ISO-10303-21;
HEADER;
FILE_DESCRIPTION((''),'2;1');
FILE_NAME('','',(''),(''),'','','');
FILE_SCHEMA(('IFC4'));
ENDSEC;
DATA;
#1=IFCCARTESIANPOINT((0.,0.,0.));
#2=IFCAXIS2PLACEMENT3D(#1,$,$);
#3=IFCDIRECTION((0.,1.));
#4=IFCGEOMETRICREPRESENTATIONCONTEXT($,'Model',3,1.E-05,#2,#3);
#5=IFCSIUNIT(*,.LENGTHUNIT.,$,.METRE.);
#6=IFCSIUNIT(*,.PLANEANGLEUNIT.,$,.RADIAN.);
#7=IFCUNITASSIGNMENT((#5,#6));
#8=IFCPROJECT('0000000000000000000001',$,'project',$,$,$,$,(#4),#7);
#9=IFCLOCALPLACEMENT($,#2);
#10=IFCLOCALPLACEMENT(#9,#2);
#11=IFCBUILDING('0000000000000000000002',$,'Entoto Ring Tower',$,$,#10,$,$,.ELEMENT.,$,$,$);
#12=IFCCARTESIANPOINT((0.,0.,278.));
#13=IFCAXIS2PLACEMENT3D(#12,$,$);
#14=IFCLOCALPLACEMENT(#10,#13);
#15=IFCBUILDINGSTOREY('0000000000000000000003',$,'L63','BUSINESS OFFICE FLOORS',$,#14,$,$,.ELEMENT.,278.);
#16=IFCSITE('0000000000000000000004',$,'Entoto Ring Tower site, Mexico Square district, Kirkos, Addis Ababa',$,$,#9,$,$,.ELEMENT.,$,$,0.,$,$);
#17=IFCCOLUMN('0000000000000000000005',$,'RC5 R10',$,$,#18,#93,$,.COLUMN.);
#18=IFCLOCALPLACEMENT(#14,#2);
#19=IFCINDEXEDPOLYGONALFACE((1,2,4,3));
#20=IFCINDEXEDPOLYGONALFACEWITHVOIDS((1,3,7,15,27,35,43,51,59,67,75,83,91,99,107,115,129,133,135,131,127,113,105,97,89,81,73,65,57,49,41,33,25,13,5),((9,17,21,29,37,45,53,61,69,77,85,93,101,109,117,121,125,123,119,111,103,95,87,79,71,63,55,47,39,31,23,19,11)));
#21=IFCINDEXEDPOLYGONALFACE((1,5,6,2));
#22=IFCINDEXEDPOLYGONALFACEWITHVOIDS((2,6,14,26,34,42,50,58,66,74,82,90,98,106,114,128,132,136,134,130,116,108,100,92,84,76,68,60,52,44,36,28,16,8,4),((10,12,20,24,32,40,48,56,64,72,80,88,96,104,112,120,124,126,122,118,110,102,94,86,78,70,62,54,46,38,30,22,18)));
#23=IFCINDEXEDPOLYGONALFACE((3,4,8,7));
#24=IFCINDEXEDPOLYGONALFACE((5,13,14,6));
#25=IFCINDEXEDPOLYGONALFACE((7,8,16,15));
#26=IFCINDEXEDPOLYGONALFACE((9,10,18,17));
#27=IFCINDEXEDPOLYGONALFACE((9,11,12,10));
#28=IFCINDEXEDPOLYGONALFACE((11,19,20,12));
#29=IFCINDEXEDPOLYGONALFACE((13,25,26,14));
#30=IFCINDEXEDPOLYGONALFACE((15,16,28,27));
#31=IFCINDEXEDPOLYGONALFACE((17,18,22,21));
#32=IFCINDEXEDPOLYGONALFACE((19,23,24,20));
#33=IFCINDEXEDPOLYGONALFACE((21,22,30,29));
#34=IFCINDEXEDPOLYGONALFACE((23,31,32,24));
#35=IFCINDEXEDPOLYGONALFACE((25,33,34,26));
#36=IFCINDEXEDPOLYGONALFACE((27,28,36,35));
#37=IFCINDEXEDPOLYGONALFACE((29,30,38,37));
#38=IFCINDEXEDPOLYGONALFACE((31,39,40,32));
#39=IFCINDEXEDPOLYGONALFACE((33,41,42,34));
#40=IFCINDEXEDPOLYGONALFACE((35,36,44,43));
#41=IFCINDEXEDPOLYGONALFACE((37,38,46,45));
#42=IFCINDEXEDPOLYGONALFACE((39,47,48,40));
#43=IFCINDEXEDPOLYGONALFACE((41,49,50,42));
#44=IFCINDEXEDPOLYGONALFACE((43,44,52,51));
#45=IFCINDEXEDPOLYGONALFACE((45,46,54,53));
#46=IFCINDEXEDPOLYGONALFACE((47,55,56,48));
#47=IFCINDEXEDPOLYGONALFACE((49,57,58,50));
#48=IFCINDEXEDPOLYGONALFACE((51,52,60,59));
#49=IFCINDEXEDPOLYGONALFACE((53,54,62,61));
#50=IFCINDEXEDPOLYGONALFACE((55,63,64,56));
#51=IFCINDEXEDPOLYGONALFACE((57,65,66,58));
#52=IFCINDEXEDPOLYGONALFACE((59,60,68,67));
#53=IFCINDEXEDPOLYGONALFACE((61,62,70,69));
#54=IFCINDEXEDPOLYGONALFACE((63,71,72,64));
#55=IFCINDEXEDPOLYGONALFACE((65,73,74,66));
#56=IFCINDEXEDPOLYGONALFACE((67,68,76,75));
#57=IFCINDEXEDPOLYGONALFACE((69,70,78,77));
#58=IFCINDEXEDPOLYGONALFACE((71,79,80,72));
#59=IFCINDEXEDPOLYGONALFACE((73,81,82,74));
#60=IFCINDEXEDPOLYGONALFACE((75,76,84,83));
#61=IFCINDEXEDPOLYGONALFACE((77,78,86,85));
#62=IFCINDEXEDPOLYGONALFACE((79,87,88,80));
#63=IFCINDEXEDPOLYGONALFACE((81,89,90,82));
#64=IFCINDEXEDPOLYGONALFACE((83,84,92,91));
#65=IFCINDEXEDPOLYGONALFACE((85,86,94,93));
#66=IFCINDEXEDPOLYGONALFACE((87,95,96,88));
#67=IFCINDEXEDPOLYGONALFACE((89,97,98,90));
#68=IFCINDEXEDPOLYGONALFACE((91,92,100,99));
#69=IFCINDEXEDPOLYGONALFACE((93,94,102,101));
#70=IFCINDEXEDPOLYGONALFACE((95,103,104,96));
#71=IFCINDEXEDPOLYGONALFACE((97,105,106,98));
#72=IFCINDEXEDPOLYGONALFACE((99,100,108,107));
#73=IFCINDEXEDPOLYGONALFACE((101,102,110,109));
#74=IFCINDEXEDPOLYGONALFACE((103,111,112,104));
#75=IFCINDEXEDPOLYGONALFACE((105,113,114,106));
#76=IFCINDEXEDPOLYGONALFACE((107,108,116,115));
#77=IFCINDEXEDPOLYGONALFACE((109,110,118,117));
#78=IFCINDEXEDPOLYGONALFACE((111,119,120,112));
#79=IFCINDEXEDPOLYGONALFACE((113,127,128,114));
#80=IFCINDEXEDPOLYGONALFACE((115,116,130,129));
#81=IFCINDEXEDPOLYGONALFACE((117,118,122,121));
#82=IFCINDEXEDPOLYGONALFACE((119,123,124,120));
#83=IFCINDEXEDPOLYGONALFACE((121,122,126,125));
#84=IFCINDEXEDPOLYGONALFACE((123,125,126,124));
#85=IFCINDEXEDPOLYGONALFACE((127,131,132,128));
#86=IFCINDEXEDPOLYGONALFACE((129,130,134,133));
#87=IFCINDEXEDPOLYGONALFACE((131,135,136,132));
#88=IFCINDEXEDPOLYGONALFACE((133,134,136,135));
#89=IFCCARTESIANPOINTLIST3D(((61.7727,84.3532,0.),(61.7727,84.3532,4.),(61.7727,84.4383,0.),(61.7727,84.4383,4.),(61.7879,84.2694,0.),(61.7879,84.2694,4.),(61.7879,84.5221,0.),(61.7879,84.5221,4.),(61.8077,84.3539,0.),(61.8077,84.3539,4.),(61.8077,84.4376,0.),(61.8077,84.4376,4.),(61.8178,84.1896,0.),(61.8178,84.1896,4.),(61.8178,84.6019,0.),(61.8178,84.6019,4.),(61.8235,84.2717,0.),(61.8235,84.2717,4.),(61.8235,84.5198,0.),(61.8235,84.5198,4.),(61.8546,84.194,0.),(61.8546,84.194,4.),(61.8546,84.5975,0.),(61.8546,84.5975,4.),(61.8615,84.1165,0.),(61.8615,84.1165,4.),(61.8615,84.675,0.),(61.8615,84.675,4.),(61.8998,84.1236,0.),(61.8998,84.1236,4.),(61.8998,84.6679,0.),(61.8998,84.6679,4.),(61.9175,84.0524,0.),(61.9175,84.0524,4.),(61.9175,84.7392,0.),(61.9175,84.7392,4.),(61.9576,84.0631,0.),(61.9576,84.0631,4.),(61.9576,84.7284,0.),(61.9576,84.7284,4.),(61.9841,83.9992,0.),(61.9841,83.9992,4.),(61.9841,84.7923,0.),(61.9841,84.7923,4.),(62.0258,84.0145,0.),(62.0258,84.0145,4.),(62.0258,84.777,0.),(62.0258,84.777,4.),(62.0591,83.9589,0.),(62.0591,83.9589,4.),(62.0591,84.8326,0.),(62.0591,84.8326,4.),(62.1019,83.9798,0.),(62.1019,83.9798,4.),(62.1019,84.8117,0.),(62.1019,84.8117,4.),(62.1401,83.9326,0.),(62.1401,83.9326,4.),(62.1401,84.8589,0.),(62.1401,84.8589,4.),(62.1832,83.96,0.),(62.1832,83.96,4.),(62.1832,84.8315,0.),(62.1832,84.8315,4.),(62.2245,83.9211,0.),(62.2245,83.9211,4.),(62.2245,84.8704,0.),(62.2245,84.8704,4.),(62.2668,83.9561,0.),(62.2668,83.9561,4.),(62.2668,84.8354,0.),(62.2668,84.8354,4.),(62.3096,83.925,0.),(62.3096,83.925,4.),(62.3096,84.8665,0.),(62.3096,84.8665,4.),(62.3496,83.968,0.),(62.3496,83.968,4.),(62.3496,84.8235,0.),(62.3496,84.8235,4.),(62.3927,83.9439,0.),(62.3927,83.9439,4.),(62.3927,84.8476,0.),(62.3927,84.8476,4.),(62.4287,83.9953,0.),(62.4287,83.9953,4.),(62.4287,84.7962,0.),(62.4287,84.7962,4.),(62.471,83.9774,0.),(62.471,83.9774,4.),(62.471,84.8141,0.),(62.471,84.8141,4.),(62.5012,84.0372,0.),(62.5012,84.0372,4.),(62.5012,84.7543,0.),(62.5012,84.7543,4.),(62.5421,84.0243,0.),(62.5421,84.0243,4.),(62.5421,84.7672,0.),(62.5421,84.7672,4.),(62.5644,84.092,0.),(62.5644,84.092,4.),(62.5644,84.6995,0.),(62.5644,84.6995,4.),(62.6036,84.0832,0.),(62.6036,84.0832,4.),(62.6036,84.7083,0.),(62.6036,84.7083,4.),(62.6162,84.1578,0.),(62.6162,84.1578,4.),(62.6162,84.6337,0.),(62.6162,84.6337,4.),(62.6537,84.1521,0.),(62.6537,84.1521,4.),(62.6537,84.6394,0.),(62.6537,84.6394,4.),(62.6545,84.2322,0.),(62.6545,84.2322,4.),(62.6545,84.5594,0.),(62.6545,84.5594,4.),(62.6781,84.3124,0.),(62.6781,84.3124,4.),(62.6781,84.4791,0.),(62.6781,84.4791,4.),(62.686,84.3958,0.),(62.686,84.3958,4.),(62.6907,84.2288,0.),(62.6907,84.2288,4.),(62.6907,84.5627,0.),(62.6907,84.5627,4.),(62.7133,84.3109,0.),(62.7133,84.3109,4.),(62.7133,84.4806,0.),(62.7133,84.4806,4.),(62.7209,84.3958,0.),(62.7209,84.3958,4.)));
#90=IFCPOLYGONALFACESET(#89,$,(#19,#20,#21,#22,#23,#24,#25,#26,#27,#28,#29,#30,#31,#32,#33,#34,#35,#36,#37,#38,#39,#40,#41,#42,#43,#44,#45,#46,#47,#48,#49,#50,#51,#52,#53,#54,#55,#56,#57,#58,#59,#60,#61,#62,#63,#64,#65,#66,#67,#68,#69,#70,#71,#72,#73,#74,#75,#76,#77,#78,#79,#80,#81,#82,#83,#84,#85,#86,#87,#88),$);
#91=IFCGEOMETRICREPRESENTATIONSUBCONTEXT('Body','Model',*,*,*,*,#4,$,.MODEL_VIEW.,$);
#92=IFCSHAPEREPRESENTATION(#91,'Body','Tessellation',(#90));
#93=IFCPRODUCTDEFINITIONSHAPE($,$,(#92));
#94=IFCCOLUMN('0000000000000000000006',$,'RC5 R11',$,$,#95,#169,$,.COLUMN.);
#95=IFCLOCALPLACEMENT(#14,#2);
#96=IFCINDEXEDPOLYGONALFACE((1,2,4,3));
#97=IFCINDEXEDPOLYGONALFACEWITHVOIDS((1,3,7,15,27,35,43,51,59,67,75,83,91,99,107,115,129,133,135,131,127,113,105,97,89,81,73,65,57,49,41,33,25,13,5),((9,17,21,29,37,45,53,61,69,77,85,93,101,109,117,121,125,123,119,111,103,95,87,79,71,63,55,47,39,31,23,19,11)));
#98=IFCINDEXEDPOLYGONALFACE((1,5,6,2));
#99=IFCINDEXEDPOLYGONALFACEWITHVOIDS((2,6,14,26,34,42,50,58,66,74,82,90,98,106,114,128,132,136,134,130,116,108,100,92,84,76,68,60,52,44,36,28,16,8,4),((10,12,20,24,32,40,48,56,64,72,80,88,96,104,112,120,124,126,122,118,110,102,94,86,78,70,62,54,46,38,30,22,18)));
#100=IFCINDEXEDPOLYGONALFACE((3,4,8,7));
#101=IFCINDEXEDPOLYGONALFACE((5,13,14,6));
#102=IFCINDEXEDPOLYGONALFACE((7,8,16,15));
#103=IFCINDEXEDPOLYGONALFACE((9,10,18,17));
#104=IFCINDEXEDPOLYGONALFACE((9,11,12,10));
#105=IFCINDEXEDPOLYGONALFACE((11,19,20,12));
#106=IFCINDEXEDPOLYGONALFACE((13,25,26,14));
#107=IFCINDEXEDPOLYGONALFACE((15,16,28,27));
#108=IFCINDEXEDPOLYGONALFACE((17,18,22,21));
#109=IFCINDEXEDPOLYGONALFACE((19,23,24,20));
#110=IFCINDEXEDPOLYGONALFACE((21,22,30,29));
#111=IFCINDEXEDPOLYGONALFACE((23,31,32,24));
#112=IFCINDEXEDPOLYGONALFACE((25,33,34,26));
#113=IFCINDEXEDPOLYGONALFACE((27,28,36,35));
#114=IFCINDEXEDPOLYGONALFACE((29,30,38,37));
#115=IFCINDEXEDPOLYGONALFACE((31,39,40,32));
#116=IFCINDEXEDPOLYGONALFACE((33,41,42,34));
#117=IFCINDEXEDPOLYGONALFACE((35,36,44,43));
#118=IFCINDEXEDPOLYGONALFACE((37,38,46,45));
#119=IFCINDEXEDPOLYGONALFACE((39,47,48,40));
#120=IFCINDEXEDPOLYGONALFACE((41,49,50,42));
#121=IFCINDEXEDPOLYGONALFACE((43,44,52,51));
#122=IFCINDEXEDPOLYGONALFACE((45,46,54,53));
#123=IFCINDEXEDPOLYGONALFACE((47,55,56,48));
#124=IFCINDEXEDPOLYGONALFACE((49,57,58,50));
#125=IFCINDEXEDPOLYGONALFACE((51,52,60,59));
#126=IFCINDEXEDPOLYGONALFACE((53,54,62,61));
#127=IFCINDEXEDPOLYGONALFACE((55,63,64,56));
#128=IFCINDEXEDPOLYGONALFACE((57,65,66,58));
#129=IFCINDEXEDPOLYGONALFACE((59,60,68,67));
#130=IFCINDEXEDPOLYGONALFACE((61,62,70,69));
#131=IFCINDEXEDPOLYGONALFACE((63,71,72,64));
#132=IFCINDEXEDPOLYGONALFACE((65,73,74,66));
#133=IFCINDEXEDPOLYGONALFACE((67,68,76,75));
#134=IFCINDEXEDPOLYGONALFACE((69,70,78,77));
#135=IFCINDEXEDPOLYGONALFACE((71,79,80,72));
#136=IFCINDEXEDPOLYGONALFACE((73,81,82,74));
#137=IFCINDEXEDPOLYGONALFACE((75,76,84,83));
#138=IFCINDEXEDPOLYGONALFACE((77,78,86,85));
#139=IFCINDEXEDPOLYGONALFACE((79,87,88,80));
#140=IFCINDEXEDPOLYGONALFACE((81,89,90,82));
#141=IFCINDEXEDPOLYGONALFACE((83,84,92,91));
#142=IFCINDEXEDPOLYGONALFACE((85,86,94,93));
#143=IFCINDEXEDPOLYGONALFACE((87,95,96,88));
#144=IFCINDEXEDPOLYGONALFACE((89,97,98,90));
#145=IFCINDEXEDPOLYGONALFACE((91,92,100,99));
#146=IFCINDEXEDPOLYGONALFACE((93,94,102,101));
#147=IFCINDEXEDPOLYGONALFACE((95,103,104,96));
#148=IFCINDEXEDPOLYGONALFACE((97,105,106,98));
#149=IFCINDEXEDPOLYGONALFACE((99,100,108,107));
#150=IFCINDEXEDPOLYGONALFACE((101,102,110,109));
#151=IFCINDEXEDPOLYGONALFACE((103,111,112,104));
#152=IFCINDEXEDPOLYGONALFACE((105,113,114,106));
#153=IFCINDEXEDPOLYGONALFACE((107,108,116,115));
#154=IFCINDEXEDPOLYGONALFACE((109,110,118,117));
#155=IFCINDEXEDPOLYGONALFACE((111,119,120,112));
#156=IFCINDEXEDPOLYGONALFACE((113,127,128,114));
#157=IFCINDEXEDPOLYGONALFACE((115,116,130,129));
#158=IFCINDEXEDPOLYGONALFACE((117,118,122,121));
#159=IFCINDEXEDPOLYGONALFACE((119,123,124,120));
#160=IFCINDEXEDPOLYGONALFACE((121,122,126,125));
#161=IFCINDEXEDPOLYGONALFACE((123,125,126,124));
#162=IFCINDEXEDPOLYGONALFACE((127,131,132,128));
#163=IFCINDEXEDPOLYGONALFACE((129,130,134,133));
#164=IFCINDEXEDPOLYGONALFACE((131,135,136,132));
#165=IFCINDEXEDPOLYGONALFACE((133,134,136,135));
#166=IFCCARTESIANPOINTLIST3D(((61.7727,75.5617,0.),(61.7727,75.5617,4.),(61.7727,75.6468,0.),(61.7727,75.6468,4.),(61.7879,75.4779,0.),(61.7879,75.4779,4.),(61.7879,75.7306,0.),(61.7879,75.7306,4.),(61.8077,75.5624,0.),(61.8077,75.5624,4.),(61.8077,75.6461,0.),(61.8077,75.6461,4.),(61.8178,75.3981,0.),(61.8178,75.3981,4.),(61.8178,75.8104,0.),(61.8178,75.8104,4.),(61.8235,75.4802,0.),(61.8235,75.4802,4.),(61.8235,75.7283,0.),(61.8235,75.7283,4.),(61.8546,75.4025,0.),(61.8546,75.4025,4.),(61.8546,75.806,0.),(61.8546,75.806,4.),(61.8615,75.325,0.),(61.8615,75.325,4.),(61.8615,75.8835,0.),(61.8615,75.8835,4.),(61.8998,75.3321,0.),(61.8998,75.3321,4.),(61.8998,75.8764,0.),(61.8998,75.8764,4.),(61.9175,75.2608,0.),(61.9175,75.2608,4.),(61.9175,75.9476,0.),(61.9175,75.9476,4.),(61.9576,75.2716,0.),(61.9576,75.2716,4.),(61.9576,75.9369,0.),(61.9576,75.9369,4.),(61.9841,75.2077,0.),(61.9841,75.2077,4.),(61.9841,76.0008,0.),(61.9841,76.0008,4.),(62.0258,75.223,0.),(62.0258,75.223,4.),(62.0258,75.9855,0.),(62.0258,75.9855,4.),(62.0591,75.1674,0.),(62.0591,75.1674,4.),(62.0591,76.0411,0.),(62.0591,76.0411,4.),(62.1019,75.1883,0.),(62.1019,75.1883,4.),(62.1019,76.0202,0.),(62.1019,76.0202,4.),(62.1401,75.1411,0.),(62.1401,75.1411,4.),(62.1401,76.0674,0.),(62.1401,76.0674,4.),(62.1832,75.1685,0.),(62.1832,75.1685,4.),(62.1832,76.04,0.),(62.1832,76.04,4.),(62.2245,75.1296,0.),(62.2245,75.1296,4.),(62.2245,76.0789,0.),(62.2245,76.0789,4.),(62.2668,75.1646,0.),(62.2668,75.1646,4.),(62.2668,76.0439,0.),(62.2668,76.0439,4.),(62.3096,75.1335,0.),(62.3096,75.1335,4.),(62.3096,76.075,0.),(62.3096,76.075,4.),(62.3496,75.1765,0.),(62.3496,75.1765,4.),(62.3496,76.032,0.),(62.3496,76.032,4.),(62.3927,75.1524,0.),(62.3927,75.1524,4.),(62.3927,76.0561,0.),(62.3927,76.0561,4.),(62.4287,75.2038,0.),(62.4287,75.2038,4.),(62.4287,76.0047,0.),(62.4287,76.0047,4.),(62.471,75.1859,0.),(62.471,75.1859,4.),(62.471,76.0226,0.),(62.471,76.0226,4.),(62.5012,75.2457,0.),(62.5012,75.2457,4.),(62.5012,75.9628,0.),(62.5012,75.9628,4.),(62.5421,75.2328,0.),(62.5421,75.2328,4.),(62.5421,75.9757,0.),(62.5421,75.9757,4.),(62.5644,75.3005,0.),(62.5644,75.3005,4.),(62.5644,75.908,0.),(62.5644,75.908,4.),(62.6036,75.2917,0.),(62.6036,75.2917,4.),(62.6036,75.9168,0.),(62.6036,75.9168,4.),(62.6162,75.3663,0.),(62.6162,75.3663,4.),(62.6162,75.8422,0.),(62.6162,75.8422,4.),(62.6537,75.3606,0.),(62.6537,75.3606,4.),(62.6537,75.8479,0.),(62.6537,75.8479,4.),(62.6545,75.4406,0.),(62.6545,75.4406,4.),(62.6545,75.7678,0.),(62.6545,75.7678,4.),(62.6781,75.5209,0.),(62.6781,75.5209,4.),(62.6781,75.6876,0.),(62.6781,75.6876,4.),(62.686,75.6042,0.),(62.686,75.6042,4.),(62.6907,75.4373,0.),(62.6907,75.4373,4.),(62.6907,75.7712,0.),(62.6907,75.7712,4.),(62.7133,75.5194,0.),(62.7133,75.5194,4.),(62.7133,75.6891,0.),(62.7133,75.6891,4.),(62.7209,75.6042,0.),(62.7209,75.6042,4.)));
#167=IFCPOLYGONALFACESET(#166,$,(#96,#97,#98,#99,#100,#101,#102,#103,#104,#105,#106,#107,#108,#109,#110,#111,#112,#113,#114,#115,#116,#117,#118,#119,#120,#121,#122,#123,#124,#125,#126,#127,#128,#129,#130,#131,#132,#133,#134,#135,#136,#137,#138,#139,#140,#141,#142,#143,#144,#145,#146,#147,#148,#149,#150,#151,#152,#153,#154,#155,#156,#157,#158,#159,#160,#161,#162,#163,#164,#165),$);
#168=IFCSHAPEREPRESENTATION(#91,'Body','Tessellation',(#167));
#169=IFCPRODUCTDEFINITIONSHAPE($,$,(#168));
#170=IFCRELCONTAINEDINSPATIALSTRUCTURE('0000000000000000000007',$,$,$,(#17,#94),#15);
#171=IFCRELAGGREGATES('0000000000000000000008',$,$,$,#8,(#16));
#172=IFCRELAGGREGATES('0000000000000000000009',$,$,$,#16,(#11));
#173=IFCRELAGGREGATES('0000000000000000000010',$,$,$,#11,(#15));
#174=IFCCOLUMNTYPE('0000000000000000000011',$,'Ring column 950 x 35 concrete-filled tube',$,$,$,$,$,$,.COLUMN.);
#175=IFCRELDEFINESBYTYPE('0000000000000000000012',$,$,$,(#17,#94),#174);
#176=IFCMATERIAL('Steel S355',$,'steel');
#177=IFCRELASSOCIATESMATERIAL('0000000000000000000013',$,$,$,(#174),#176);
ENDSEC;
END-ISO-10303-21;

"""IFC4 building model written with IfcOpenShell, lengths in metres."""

from ifc_helpers import new_model, si_unit, direction, frame, origin, origin_2d, place, context, subcontext, project, spatial, circle, hollow_circle, extrude, material, material_profile, profile_set, type_object, element, save


model = new_model("IFC4")

# Units and contexts
model_context = context("Model", 3, precision=1e-05, world=origin(), true_north=direction((0.0, 1.0)))
body_context = subcontext(model_context, "Body", "Model", "MODEL_VIEW")
ifc_project = project(units=[si_unit("LENGTHUNIT", "METRE"), si_unit("PLANEANGLEUNIT", "RADIAN")], contexts=[model_context])

# Site, building, storey
site_placement = place(None, origin())
site = spatial("IfcSite", under=ifc_project, at=site_placement, Name="Entoto Ring Tower site, Mexico Square district, Kirkos, Addis Ababa", CompositionType="ELEMENT", RefElevation=0.0)
building_placement = place(site_placement, origin())
building = spatial("IfcBuilding", under=site, at=building_placement, Name="Entoto Ring Tower", CompositionType="ELEMENT")
storey_placement = place(building_placement, frame((0.0, 0.0, 278.0)))
storey = spatial("IfcBuildingStorey", under=building, at=storey_placement, Name="L63", Description="BUSINESS OFFICE FLOORS", CompositionType="ELEMENT", Elevation=278.0)

# Columns
ifc_material_1 = material(Name="Steel S355", Category="steel")
ifc_material_profile_1 = material_profile(ifc_material_1, hollow_circle(Radius=0.4751, WallThickness=0.0349, at=origin_2d()), Name="CHS 950 x 35")
ifc_material_2 = material(Name="Concrete C60/75", Category="concrete")
ifc_material_profile_2 = material_profile(ifc_material_2, circle(Radius=0.4399, at=origin_2d()), Name="Concrete C60/75 infill")
ifc_profile_set_1 = profile_set([ifc_material_profile_1, ifc_material_profile_2], Name="Steel S355")
column_type = type_object("IfcColumnType", Name="Ring column 950 x 35 concrete-filled tube", PredefinedType="COLUMN", material=ifc_profile_set_1)
for number, where, z_axis, x_axis, name in (
    (1, (62.2458, 84.3958, 0.0), (0.0, 0.0, 1.0), (1.0, 0.0, 0.0), "RC5 R10"),
    (2, (62.2458, 75.6042, 0.0), (0.0, 0.0, 1.0), (1.0, 0.0, 0.0), "RC5 R11"),
):
    element("IfcColumn", number, at=place(storey_placement, frame(where, z_axis=z_axis, x_axis=x_axis)), inside=storey, type_object=column_type, Name=name, PredefinedType="COLUMN", context=body_context, shape_type="SweptSolid", body=[
        extrude(hollow_circle(Radius=0.4751, WallThickness=0.0349, at=origin_2d()), origin(), (0.0, 0.0, 1.0), 4.0),
    ])

save(model, "model.ifc")
